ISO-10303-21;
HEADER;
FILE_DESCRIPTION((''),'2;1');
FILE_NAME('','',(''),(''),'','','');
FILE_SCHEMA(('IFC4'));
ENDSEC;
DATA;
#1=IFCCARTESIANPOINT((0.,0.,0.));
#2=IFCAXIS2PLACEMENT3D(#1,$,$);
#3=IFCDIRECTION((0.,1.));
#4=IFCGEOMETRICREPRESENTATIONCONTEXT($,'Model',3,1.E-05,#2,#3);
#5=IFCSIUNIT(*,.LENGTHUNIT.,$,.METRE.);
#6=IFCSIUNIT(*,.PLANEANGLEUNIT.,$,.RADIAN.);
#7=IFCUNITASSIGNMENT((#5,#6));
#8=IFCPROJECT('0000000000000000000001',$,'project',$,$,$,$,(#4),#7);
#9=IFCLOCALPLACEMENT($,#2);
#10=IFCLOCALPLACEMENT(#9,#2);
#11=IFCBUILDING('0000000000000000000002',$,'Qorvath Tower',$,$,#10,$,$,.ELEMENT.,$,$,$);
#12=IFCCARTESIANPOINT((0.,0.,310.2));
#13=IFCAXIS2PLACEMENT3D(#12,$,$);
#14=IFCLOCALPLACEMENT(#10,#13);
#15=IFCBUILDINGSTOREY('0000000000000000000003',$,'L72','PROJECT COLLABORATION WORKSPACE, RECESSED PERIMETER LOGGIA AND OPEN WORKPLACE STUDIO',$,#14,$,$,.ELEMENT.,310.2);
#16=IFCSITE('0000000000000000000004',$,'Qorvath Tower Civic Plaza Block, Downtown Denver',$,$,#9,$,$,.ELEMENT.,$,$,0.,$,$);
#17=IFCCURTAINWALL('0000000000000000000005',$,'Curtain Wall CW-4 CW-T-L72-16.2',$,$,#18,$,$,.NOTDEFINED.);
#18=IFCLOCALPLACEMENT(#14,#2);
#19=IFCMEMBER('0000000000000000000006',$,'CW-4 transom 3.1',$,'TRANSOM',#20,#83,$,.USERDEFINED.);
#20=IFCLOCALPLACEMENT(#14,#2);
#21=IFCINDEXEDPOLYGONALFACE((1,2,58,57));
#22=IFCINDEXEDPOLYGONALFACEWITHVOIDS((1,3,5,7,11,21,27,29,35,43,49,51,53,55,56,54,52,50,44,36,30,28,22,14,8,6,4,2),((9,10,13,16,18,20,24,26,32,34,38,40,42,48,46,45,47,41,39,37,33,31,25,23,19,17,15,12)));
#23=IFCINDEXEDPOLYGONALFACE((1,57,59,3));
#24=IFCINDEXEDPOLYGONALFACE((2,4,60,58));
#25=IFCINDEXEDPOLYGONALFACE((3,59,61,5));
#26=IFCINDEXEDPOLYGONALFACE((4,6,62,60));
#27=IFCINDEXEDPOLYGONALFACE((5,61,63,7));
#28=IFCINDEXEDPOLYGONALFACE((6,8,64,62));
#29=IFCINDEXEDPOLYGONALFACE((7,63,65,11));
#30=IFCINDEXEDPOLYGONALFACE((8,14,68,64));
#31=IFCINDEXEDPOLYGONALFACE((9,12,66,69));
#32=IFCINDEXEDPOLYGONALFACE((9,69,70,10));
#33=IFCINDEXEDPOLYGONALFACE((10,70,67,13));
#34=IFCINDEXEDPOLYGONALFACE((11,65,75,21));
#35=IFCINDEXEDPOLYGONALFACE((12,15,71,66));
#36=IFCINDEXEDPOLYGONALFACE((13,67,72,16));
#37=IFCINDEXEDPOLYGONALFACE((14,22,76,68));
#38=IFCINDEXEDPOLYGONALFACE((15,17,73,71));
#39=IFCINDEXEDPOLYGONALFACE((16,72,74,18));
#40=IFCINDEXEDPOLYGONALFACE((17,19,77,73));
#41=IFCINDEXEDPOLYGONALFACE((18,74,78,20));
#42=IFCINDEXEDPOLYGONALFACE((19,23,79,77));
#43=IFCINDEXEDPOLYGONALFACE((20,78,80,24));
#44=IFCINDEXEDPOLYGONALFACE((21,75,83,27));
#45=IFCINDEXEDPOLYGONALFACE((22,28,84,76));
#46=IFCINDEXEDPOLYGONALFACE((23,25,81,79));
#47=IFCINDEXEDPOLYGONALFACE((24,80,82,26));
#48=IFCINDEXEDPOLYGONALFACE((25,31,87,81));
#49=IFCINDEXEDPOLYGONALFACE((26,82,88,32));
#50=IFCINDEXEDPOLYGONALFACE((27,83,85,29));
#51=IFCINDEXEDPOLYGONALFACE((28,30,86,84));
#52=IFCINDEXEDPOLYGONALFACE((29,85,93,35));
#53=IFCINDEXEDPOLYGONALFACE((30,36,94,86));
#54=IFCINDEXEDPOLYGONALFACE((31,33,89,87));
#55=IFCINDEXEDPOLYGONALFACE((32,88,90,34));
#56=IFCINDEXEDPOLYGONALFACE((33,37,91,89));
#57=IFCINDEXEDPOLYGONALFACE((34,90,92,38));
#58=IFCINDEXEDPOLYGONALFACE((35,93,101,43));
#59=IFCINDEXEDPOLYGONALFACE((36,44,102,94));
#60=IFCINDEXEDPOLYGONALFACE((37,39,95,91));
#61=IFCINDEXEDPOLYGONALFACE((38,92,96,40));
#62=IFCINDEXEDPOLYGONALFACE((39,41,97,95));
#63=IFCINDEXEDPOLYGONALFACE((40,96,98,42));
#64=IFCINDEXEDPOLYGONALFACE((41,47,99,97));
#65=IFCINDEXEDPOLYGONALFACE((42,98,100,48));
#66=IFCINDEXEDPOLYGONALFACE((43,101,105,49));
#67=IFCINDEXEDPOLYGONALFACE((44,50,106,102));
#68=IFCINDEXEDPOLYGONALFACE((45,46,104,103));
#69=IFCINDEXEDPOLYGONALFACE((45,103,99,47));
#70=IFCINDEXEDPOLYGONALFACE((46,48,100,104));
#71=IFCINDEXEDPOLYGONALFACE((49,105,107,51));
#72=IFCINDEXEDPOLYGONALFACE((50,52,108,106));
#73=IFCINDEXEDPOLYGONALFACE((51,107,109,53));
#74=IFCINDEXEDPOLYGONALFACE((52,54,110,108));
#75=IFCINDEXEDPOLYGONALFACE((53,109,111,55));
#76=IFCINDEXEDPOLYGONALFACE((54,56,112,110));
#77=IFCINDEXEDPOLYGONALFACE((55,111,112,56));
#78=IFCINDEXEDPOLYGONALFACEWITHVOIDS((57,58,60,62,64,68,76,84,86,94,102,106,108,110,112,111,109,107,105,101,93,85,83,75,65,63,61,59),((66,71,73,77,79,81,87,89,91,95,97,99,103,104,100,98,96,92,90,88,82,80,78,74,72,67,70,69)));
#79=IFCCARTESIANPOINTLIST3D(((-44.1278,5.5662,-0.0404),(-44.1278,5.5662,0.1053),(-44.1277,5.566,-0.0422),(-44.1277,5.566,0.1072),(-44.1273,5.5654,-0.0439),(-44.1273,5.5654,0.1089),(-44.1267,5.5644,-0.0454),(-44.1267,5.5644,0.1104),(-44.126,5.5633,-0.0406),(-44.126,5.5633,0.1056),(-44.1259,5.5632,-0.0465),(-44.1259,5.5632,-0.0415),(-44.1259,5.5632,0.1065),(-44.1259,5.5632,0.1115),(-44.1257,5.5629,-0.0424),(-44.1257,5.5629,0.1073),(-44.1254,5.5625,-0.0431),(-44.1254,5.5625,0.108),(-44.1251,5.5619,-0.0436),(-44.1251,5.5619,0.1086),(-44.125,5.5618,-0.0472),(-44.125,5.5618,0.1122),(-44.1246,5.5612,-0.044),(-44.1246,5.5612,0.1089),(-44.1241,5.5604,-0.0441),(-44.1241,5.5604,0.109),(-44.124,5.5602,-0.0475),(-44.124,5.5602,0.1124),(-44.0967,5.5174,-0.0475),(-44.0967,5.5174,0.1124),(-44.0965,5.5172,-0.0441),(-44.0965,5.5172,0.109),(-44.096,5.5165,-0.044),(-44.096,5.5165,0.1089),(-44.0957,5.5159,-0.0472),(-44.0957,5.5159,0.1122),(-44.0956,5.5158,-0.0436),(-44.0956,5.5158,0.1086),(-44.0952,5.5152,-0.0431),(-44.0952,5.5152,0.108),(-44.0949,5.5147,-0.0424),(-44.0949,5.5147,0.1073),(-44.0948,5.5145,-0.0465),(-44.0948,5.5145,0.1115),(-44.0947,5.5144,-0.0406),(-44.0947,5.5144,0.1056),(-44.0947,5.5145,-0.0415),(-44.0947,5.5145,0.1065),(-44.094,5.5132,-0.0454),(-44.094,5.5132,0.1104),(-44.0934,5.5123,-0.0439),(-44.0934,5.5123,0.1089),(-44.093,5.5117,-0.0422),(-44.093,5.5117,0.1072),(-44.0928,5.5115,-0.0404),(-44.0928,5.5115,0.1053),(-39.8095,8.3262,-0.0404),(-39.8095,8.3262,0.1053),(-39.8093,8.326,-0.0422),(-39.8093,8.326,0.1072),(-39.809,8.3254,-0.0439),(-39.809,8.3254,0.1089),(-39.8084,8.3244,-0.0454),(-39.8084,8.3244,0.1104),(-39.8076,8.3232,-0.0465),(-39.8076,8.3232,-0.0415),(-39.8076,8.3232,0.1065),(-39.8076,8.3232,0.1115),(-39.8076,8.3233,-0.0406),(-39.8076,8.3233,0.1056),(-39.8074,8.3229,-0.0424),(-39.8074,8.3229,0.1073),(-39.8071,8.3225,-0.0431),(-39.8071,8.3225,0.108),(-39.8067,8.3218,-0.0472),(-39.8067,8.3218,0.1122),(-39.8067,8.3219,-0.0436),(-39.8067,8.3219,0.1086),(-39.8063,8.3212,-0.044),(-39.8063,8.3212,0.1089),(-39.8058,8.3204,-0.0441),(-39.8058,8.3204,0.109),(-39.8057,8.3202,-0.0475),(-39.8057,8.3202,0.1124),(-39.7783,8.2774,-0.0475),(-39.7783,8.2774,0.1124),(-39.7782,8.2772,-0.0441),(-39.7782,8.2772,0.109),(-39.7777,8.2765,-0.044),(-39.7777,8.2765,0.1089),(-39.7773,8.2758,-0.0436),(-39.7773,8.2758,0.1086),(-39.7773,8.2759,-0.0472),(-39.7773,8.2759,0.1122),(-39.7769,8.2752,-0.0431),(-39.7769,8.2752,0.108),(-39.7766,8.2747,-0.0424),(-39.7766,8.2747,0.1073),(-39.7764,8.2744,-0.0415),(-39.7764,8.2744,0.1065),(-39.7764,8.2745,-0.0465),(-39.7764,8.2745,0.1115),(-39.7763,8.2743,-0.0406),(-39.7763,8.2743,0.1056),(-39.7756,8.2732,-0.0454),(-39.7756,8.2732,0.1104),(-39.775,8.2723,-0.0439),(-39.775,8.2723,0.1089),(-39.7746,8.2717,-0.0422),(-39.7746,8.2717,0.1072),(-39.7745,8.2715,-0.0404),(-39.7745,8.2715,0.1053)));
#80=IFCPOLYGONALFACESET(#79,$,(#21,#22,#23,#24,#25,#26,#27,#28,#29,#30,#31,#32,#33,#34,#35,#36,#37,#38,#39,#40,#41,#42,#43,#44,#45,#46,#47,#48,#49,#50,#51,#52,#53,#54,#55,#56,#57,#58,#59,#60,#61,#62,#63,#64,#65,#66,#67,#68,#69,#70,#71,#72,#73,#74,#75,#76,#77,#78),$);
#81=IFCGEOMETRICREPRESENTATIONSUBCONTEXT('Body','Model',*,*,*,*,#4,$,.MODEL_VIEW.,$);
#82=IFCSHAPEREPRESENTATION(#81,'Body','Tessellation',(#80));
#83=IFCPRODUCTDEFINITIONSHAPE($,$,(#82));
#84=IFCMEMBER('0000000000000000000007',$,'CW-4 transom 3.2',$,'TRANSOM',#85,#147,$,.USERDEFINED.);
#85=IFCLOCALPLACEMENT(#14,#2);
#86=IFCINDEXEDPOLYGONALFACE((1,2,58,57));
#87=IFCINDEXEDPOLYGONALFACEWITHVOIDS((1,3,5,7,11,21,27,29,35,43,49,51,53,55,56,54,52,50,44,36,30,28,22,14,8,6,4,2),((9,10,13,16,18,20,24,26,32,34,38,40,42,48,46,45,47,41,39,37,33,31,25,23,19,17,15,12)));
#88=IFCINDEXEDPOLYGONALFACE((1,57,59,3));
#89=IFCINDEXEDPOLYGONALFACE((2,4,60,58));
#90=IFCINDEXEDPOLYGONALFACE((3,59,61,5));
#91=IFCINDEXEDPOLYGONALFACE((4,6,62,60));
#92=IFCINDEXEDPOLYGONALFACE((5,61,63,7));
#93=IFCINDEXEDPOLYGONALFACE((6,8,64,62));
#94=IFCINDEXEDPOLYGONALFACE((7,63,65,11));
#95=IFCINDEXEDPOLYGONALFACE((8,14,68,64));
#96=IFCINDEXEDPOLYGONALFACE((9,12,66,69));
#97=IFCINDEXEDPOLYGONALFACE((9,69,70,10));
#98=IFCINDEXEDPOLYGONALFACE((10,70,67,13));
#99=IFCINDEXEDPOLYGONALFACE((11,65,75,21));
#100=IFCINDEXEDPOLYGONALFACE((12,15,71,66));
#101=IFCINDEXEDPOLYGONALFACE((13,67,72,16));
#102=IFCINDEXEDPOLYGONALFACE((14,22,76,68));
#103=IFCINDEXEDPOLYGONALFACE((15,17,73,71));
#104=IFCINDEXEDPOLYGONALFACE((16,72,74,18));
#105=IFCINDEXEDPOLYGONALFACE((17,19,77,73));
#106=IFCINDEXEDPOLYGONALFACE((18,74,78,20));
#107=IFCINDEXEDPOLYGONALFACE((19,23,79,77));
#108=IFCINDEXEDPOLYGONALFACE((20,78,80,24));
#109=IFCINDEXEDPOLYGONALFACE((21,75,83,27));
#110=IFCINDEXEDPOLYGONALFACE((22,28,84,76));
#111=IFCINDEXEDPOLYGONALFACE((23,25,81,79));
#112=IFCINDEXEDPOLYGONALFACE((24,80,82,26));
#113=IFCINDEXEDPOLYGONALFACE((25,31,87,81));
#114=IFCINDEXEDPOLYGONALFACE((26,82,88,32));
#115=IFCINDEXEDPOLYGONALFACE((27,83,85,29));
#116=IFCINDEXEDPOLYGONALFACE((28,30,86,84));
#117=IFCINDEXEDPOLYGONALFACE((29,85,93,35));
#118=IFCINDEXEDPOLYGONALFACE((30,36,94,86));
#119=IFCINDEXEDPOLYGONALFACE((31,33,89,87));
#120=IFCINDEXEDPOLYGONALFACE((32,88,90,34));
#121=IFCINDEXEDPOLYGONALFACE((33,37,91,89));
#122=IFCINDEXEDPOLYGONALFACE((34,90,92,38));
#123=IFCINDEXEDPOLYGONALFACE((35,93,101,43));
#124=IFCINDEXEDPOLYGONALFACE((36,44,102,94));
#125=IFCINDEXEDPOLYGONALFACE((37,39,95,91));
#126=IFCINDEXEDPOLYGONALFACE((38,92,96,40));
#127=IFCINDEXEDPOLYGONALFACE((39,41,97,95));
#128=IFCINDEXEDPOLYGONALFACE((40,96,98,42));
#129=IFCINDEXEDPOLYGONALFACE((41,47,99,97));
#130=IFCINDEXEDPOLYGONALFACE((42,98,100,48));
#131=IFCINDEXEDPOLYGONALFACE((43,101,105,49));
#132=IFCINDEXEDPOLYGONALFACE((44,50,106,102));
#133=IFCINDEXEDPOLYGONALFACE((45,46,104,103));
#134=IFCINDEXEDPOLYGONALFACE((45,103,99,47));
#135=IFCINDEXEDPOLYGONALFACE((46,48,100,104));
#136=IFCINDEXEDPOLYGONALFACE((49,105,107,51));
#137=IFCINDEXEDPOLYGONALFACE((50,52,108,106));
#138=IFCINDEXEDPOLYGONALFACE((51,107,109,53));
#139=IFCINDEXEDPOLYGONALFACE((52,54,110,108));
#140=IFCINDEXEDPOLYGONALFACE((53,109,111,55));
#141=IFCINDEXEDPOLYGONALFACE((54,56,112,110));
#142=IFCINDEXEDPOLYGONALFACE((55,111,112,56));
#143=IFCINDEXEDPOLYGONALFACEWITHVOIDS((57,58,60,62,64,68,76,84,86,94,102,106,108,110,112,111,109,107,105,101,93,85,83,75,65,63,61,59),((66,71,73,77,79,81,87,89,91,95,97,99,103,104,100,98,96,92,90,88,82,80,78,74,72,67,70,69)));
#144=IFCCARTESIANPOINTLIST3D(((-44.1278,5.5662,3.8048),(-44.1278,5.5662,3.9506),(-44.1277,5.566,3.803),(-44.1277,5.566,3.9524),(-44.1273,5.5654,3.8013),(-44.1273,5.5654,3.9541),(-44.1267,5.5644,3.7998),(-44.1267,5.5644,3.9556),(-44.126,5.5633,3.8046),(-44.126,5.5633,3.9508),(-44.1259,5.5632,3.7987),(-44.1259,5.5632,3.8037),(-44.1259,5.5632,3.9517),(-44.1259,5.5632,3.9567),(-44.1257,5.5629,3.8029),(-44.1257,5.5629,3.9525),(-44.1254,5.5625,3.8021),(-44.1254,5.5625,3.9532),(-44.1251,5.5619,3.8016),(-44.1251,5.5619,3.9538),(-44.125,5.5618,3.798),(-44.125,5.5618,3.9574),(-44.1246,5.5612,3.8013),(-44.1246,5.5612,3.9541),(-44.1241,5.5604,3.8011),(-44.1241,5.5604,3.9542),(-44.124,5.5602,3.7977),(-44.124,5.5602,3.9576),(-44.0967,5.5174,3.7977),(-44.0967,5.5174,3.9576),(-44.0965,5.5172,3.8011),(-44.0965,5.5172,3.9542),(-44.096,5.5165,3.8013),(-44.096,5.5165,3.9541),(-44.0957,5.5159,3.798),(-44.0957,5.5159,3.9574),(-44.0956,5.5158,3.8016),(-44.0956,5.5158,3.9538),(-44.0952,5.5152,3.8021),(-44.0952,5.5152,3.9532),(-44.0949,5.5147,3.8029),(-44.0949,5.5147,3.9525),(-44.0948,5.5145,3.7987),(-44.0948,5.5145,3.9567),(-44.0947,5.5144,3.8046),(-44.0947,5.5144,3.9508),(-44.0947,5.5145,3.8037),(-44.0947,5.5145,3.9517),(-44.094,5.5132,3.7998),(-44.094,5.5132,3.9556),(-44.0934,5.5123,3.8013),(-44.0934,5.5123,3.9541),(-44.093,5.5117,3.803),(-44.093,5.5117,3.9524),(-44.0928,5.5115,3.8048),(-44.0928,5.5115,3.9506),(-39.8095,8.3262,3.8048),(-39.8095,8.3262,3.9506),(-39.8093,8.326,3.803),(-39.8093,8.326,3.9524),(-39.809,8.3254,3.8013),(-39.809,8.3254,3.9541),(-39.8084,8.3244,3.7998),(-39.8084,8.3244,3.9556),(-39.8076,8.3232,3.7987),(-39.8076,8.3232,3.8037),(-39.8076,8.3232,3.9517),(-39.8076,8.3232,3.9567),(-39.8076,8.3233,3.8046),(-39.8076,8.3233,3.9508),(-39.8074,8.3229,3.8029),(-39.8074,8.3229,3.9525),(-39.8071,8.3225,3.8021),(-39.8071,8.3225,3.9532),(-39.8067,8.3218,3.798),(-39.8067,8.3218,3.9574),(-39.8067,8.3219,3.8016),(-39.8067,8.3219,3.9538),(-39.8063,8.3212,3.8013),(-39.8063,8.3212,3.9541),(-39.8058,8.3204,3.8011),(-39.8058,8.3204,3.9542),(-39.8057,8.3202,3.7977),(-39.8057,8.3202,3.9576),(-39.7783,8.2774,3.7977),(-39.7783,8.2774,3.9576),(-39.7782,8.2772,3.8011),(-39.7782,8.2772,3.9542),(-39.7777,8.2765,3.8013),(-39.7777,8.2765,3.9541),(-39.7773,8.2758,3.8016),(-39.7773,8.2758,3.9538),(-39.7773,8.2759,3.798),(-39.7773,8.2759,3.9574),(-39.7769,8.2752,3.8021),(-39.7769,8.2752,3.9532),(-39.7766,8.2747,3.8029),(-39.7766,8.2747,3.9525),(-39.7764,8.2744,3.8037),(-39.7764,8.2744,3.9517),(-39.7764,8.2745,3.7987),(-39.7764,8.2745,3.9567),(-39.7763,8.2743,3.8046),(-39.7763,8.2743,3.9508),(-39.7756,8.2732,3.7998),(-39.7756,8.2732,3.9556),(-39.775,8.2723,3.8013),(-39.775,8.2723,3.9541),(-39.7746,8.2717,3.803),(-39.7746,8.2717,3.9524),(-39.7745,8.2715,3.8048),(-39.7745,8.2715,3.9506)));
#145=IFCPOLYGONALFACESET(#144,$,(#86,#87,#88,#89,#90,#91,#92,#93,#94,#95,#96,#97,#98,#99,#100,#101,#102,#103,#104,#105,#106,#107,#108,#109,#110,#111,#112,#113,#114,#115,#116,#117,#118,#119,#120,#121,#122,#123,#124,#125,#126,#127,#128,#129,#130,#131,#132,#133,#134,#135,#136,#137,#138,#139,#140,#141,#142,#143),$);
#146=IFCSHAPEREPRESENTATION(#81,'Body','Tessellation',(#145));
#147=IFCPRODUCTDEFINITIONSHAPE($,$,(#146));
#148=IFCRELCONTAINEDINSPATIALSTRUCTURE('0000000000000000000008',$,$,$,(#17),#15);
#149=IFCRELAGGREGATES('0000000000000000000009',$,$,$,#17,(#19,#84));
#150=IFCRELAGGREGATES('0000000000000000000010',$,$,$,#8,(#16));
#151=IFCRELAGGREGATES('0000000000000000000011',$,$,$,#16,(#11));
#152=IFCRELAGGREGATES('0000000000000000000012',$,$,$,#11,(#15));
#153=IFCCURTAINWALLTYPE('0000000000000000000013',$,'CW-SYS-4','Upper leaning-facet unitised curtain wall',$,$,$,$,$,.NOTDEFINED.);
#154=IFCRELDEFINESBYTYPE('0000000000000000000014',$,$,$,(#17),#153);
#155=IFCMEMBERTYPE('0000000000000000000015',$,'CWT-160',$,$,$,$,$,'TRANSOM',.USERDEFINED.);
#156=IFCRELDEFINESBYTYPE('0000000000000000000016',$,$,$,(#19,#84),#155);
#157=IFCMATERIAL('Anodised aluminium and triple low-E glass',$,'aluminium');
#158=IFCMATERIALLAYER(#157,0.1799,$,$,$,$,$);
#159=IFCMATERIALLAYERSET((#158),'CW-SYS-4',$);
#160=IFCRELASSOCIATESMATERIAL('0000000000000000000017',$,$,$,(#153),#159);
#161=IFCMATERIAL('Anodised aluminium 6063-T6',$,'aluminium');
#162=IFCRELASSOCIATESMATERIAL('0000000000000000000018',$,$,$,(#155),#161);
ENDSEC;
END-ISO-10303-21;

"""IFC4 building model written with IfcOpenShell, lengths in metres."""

from ifc_helpers import new_model, si_unit, direction, frame, origin, origin_2d, place, context, subcontext, project, spatial, hollow_rectangle, extrude, material, layer, layer_set, material_profile, profile_set, type_object, element, aggregate, save


model = new_model("IFC4")

# Units and contexts
model_context = context("Model", 3, precision=1e-05, world=origin(), true_north=direction((0.0, 1.0)))
body_context = subcontext(model_context, "Body", "Model", "MODEL_VIEW")
ifc_project = project(units=[si_unit("LENGTHUNIT", "METRE"), si_unit("PLANEANGLEUNIT", "RADIAN")], contexts=[model_context])

# Site, building, storey
site_placement = place(None, origin())
site = spatial("IfcSite", under=ifc_project, at=site_placement, Name="Qorvath Tower Civic Plaza Block, Downtown Denver", CompositionType="ELEMENT", RefElevation=0.0)
building_placement = place(site_placement, origin())
building = spatial("IfcBuilding", under=site, at=building_placement, Name="Qorvath Tower", CompositionType="ELEMENT")
storey_placement = place(building_placement, frame((0.0, 0.0, 310.2)))
storey = spatial("IfcBuildingStorey", under=building, at=storey_placement, Name="L72", Description="PROJECT COLLABORATION WORKSPACE, RECESSED PERIMETER LOGGIA AND OPEN WORKPLACE STUDIO", CompositionType="ELEMENT", Elevation=310.2)

# Curtain wall, members
ifc_material_1 = material(Name="Anodised aluminium and triple low-E glass", Category="aluminium")
ifc_layer_1 = layer(ifc_material_1, 0.1799)
ifc_layer_set_1 = layer_set([ifc_layer_1], Name="CW-SYS-4")
curtain_wall_type = type_object("IfcCurtainWallType", Name="CW-SYS-4", Description="Upper leaning-facet unitised curtain wall", PredefinedType="NOTDEFINED", material=ifc_layer_set_1)
curtain_wall_placement = place(storey_placement, origin())
curtain_wall = element("IfcCurtainWall", 1, at=curtain_wall_placement, inside=storey, type_object=curtain_wall_type, Name="Curtain Wall CW-4 CW-T-L72-16.2", PredefinedType="NOTDEFINED")
ifc_material_2 = material(Name="Anodised aluminium 6063-T6", Category="aluminium")
ifc_material_profile_1 = material_profile(ifc_material_2, hollow_rectangle(XDim=0.0649, YDim=0.1599, WallThickness=0.0034, InnerFilletRadius=0.0034, OuterFilletRadius=0.0071, at=origin_2d()), Name="CWT 160x65")
ifc_profile_set_1 = profile_set([ifc_material_profile_1], Name="Anodised aluminium 6063-T6")
member_type_1 = type_object("IfcMemberType", Name="CWT-160", ElementType="TRANSOM", PredefinedType="USERDEFINED", material=ifc_profile_set_1)
member_1_placement = place(storey_placement, frame((-39.792, 8.2988, 0.0325), z_axis=(-0.842603, -0.538536, 0.0), x_axis=(0.538536, -0.842603, 0.0)))
member_1 = element("IfcMember", 2, at=member_1_placement, type_object=member_type_1, Name="CW-4 transom 3.1", ObjectType="TRANSOM", PredefinedType="USERDEFINED", context=body_context, shape_type="SweptSolid", body=[
    extrude(hollow_rectangle(XDim=0.0649, YDim=0.1599, WallThickness=0.0034, InnerFilletRadius=0.0034, OuterFilletRadius=0.0071, at=origin_2d()), origin(), (0.0, 0.0, 1.0), 5.125),
])
member_2_placement = place(storey_placement, frame((-39.792, 8.2988, 3.8777), z_axis=(-0.842603, -0.538536, 0.0), x_axis=(0.538536, -0.842603, 0.0)))
member_2 = element("IfcMember", 3, at=member_2_placement, type_object=member_type_1, Name="CW-4 transom 3.2", ObjectType="TRANSOM", PredefinedType="USERDEFINED", context=body_context, shape_type="SweptSolid", body=[
    extrude(hollow_rectangle(XDim=0.0649, YDim=0.1599, WallThickness=0.0034, InnerFilletRadius=0.0034, OuterFilletRadius=0.0071, at=origin_2d()), origin(), (0.0, 0.0, 1.0), 5.125),
])
aggregate(curtain_wall, [member_1, member_2])

save(model, "model.ifc")
